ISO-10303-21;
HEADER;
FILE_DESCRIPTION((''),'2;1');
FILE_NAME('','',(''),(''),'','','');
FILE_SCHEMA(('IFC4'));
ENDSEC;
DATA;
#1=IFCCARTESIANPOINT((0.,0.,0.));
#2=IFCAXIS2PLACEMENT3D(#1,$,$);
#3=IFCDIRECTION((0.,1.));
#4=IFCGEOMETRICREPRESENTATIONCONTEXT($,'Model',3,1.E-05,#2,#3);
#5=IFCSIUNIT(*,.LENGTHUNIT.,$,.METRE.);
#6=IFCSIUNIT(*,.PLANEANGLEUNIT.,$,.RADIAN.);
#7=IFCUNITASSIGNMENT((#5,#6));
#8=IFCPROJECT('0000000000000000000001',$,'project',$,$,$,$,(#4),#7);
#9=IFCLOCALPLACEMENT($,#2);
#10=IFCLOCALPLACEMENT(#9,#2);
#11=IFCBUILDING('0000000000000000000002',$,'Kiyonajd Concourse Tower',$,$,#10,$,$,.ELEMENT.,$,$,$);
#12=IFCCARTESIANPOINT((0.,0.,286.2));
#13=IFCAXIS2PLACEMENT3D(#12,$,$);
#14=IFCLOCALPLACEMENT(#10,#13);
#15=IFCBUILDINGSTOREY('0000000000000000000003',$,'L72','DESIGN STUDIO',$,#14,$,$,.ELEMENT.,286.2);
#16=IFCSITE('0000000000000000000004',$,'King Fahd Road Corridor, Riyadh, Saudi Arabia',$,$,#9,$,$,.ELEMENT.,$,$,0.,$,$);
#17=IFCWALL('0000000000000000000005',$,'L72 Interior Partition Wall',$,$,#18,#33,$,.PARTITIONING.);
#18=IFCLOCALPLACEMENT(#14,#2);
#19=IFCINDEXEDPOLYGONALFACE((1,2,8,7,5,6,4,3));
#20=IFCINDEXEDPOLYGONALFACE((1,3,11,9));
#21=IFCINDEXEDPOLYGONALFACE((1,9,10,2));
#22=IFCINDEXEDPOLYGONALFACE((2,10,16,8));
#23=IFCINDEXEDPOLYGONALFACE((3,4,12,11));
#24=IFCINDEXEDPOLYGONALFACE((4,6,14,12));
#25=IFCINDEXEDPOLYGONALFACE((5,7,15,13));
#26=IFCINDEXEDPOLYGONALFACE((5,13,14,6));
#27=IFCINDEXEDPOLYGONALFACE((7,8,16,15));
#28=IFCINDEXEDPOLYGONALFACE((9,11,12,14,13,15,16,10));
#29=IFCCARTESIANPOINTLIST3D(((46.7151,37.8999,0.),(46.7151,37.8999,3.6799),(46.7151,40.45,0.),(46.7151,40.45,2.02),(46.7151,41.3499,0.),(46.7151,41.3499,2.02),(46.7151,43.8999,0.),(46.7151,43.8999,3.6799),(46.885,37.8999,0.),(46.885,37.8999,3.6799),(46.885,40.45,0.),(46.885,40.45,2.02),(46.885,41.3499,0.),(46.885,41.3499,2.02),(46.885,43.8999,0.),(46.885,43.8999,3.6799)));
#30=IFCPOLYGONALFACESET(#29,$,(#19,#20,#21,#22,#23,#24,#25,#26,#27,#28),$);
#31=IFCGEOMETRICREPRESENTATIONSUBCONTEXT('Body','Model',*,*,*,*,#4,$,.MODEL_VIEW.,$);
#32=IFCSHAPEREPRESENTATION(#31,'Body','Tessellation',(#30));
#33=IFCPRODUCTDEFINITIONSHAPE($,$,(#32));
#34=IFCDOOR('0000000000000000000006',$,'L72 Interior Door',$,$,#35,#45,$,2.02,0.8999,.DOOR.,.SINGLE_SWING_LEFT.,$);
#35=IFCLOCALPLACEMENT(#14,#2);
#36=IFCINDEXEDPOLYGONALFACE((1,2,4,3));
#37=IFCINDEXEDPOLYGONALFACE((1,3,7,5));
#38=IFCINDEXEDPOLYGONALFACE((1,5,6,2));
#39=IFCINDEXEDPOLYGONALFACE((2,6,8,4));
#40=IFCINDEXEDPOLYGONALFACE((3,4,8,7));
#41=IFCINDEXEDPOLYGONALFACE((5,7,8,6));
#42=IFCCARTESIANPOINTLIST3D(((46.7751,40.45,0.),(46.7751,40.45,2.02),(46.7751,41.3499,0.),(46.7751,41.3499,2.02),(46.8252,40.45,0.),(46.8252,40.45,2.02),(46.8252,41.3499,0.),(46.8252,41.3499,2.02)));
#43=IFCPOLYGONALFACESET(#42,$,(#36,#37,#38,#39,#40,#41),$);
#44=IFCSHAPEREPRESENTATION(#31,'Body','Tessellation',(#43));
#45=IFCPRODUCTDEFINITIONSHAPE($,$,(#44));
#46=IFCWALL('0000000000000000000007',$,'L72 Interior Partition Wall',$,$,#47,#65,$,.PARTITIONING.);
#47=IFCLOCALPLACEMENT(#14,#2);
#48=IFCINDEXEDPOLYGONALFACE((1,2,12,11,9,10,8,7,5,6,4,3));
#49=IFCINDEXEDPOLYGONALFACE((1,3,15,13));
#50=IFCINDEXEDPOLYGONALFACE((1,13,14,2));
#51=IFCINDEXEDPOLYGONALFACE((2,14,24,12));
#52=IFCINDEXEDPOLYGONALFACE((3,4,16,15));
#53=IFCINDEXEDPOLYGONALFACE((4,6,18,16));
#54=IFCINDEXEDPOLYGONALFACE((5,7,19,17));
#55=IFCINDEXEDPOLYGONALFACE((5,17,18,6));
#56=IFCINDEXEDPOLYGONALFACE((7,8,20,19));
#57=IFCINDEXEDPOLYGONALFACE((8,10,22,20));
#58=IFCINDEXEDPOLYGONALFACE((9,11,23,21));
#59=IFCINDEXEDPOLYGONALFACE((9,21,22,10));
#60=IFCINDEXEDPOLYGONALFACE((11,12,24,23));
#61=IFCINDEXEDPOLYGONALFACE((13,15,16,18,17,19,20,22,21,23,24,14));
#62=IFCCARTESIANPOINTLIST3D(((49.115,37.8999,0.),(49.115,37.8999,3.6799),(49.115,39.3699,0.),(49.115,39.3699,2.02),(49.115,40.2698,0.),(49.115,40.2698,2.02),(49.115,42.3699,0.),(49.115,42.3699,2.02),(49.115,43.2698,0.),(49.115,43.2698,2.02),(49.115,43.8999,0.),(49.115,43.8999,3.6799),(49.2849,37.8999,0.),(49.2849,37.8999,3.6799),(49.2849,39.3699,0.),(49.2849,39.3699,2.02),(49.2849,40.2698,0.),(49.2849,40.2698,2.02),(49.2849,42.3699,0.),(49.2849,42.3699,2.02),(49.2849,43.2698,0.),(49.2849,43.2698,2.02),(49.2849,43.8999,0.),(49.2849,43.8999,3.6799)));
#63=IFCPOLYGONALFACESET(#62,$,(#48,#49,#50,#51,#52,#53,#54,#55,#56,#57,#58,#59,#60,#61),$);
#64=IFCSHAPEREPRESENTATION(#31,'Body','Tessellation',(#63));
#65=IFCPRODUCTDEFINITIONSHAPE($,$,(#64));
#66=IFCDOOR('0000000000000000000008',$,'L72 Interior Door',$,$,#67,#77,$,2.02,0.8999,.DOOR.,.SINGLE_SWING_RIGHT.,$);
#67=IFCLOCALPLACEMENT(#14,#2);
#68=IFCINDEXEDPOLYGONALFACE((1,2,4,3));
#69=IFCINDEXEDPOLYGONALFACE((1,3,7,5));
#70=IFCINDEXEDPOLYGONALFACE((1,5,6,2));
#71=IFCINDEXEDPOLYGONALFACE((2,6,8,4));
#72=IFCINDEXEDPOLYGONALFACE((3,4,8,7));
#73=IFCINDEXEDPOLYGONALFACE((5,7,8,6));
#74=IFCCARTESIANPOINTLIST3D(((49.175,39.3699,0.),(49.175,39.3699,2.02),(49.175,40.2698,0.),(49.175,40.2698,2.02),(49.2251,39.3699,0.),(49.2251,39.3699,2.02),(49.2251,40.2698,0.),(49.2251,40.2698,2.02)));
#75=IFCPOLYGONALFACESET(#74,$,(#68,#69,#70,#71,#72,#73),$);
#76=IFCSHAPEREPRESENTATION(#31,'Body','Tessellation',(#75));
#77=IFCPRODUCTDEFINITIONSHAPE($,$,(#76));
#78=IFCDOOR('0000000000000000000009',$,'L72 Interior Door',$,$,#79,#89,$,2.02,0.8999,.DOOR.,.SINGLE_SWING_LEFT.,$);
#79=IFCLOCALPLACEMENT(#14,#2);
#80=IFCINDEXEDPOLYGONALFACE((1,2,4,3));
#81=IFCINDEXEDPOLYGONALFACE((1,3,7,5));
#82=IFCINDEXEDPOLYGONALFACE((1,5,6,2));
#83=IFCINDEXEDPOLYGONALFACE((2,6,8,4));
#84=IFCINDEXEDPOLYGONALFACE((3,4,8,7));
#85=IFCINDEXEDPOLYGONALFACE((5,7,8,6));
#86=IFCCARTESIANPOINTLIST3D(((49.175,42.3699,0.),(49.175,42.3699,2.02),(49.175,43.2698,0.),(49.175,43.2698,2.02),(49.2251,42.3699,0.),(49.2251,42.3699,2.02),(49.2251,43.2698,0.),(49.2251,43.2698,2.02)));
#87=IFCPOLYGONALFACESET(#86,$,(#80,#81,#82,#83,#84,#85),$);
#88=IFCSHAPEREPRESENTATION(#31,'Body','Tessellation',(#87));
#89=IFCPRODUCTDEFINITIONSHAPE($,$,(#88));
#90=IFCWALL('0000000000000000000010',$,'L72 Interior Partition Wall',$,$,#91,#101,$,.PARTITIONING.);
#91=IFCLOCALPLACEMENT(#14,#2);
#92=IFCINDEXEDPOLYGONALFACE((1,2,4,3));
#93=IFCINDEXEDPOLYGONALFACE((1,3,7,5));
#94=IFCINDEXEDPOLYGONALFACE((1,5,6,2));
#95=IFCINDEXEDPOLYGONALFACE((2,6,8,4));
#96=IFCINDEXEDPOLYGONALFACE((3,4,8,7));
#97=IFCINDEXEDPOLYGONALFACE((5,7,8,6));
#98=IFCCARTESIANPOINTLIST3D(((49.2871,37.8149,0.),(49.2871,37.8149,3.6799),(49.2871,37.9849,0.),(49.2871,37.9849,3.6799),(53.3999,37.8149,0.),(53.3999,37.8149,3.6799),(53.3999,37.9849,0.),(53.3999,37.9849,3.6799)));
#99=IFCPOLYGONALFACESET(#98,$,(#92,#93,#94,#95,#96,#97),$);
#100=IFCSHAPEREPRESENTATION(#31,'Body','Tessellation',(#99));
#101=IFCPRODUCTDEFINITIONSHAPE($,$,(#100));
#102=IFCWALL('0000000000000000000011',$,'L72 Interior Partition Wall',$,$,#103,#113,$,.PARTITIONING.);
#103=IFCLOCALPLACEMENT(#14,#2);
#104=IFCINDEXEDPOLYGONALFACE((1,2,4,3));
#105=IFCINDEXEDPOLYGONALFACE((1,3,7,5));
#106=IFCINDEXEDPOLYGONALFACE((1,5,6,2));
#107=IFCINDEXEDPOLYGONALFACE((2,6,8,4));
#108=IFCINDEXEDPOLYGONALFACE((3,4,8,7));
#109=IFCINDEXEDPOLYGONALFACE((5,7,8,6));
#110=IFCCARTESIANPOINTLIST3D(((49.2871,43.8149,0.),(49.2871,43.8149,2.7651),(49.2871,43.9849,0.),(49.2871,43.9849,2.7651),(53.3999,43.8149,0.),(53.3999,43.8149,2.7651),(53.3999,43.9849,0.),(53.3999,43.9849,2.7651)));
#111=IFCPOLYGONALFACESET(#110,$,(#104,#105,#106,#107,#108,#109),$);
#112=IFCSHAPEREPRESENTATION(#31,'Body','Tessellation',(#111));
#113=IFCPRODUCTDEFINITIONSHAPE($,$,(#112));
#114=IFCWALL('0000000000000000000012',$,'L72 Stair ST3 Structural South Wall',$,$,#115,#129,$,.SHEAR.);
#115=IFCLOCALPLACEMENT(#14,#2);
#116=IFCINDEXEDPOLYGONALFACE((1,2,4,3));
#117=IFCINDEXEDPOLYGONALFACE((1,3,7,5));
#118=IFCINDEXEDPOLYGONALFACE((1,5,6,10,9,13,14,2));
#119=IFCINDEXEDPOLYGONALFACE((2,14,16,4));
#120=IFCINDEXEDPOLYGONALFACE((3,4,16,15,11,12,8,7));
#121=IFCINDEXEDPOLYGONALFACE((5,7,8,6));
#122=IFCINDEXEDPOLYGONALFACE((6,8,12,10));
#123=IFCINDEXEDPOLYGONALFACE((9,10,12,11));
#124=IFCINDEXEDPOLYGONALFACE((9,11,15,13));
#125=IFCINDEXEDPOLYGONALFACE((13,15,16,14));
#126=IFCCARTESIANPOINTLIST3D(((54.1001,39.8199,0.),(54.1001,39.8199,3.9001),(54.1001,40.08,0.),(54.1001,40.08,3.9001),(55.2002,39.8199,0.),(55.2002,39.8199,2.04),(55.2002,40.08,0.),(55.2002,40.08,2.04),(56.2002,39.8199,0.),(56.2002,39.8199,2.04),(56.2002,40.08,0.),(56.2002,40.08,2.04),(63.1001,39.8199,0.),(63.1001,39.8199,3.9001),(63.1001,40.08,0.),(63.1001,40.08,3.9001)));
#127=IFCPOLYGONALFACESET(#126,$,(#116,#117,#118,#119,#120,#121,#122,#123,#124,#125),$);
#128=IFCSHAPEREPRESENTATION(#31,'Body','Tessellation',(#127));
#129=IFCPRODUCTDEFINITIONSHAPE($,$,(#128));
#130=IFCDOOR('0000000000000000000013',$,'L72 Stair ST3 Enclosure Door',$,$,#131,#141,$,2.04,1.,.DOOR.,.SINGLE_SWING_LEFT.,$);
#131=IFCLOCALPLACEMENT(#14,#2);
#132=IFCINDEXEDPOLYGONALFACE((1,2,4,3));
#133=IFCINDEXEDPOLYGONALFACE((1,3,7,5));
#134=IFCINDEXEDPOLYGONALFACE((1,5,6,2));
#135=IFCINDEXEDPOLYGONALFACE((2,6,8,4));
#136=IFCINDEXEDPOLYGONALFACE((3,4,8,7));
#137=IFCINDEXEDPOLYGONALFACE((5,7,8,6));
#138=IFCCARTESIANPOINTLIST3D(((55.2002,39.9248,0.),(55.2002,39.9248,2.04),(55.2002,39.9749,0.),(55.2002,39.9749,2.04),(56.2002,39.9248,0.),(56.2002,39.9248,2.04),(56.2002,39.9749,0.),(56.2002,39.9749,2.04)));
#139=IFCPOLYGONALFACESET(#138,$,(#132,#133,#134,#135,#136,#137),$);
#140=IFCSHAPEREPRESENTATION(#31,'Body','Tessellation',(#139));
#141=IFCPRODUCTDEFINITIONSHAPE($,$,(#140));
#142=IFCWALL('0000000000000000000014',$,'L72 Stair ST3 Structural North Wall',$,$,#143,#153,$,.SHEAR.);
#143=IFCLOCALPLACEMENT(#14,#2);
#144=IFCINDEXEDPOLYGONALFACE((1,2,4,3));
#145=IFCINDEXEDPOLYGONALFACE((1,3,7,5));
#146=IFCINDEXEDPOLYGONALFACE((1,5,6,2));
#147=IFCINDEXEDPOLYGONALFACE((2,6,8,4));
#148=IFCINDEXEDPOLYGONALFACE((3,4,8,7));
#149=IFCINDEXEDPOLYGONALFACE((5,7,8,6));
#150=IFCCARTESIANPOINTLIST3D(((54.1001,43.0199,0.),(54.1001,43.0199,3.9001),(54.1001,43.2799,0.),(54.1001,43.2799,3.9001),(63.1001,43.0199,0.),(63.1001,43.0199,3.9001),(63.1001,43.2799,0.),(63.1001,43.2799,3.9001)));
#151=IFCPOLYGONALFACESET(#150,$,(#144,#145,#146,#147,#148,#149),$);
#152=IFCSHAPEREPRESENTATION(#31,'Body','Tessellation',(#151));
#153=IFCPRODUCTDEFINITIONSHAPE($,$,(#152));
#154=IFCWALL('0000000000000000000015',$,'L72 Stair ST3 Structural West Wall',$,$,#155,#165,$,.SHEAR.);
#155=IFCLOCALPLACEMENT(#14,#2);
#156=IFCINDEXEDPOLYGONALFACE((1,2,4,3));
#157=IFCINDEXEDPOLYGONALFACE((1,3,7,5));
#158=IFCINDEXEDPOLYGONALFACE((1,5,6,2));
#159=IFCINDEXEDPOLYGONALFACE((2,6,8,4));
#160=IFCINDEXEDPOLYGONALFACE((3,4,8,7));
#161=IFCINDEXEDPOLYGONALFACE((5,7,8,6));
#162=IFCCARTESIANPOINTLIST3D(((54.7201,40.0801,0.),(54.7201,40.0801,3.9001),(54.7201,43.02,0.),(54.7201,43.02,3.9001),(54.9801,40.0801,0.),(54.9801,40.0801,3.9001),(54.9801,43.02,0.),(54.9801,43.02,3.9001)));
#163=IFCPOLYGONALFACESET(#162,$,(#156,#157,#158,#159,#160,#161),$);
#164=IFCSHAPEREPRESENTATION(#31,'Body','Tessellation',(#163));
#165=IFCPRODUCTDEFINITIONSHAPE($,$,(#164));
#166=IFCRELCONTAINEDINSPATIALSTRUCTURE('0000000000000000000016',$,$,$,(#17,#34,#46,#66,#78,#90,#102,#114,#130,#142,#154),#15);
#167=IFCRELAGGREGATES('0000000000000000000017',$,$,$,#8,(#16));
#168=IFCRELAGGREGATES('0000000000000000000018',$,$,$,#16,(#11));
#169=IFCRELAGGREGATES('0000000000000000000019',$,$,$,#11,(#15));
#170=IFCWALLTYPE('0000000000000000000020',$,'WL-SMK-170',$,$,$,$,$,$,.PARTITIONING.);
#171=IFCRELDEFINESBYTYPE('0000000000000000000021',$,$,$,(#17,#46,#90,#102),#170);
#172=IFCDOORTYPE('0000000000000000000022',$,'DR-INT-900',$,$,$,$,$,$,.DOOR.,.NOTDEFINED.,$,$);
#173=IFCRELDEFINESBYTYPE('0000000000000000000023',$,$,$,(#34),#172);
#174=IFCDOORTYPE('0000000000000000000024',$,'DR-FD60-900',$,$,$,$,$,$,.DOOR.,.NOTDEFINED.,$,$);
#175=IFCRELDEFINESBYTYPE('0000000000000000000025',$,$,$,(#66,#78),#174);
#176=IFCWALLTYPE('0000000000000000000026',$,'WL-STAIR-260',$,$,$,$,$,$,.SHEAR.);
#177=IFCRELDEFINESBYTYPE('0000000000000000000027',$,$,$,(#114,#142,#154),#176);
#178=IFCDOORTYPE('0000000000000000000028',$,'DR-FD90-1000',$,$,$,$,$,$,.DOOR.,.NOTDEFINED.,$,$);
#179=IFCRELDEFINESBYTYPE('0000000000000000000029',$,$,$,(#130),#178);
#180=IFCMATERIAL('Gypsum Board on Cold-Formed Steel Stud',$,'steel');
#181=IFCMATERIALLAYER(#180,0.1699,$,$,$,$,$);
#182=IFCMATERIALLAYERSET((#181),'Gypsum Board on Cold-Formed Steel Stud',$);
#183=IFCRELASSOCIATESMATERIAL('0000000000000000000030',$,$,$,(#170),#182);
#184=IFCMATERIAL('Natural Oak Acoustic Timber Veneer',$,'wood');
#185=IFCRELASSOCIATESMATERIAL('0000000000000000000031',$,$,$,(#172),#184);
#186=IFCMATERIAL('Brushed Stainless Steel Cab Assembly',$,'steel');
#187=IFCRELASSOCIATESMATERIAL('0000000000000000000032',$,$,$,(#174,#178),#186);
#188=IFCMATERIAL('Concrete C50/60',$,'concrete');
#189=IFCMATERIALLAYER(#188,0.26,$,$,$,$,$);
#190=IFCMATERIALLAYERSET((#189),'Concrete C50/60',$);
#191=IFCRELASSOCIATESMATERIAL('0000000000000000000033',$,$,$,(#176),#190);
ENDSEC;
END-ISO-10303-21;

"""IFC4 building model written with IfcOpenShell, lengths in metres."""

from ifc_helpers import new_model, si_unit, direction, frame, frame_2d, origin, place, context, subcontext, project, spatial, rectangle, extrude, material, layer, layer_set, type_object, element, fill, save


model = new_model("IFC4")

# Units and contexts
model_context = context("Model", 3, precision=1e-05, world=origin(), true_north=direction((0.0, 1.0)))
body_context = subcontext(model_context, "Body", "Model", "MODEL_VIEW")
ifc_project = project(units=[si_unit("LENGTHUNIT", "METRE"), si_unit("PLANEANGLEUNIT", "RADIAN")], contexts=[model_context])

# Site, building, storey
site_placement = place(None, origin())
site = spatial("IfcSite", under=ifc_project, at=site_placement, Name="King Fahd Road Corridor, Riyadh, Saudi Arabia", CompositionType="ELEMENT", RefElevation=0.0)
building_placement = place(site_placement, origin())
building = spatial("IfcBuilding", under=site, at=building_placement, Name="Kiyonajd Concourse Tower", CompositionType="ELEMENT")
storey_placement = place(building_placement, frame((0.0, 0.0, 286.2)))
storey = spatial("IfcBuildingStorey", under=building, at=storey_placement, Name="L72", Description="DESIGN STUDIO", CompositionType="ELEMENT", Elevation=286.2)

# Shared definitions
ifc_material_1 = material(Name="Concrete C50/60", Category="concrete")

# Shared definitions
ifc_material_2 = material(Name="Gypsum Board on Cold-Formed Steel Stud", Category="steel")

# Wall, opening, door
ifc_layer_1 = layer(ifc_material_2, 0.1699)
ifc_layer_set_1 = layer_set([ifc_layer_1], Name="Gypsum Board on Cold-Formed Steel Stud")
wall_type_1 = type_object("IfcWallType", Name="WL-SMK-170", PredefinedType="PARTITIONING", material=ifc_layer_set_1)
wall_1_placement = place(storey_placement, frame((46.8, 37.8999, 0.0), z_axis=(0.0, 0.0, 1.0), x_axis=(0.0, 1.0, 0.0)))
wall_1 = element("IfcWall", 1, at=wall_1_placement, inside=storey, type_object=wall_type_1, Name="L72 Interior Partition Wall", PredefinedType="PARTITIONING", context=body_context, shape_type="SweptSolid", body=[
    extrude(rectangle(XDim=6.0, YDim=0.1699, at=frame_2d((3.0, 0.0))), origin(), (0.0, 0.0, 1.0), 3.6799),
])
opening_1_placement = place(wall_1_placement, frame((2.55, 0.0, 0.0)))
opening_1 = element("IfcOpeningElement", 2, at=opening_1_placement, cuts=wall_1, PredefinedType="OPENING", context=body_context, shape_type="SweptSolid", body=[
    extrude(rectangle(XDim=0.8999, YDim=2.02, at=frame_2d((0.45, 1.01))), frame((0.0, 0.095, 0.0), z_axis=(0.0, -1.0, 0.0), x_axis=(1.0, 0.0, 0.0)), (0.0, 0.0, 1.0), 0.1899),
])
ifc_material_3 = material(Name="Natural Oak Acoustic Timber Veneer", Category="wood")
door_type_1 = type_object("IfcDoorType", Name="DR-INT-900", OperationType="NOTDEFINED", PredefinedType="DOOR", material=ifc_material_3)
door_1_placement = place(opening_1_placement, origin())
door_1 = element("IfcDoor", 3, at=door_1_placement, inside=storey, type_object=door_type_1, Name="L72 Interior Door", OperationType="SINGLE_SWING_LEFT", OverallHeight=2.02, OverallWidth=0.8999, PredefinedType="DOOR", context=body_context, shape_type="SweptSolid", body=[
    extrude(rectangle(XDim=0.8999, YDim=2.02, at=frame_2d((0.45, 1.01))), frame((0.0, 0.0249, 0.0), z_axis=(0.0, -1.0, 0.0), x_axis=(1.0, 0.0, 0.0)), (0.0, 0.0, 1.0), 0.05),
])
fill(opening_1, door_1)

# Wall, openings, doors
wall_2_placement = place(storey_placement, frame((49.2, 37.8999, 0.0), z_axis=(0.0, 0.0, 1.0), x_axis=(0.0, 1.0, 0.0)))
wall_2 = element("IfcWall", 4, at=wall_2_placement, inside=storey, type_object=wall_type_1, Name="L72 Interior Partition Wall", PredefinedType="PARTITIONING", context=body_context, shape_type="SweptSolid", body=[
    extrude(rectangle(XDim=6.0, YDim=0.1699, at=frame_2d((3.0, 0.0))), origin(), (0.0, 0.0, 1.0), 3.6799),
])
opening_2_placement = place(wall_2_placement, frame((1.47, 0.0, 0.0)))
opening_2 = element("IfcOpeningElement", 5, at=opening_2_placement, cuts=wall_2, PredefinedType="OPENING", context=body_context, shape_type="SweptSolid", body=[
    extrude(rectangle(XDim=0.8999, YDim=2.02, at=frame_2d((0.45, 1.01))), frame((0.0, 0.095, 0.0), z_axis=(0.0, -1.0, 0.0), x_axis=(1.0, 0.0, 0.0)), (0.0, 0.0, 1.0), 0.1899),
])
opening_3_placement = place(wall_2_placement, frame((4.47, 0.0, 0.0)))
opening_3 = element("IfcOpeningElement", 6, at=opening_3_placement, cuts=wall_2, PredefinedType="OPENING", context=body_context, shape_type="SweptSolid", body=[
    extrude(rectangle(XDim=0.8999, YDim=2.02, at=frame_2d((0.45, 1.01))), frame((0.0, 0.095, 0.0), z_axis=(0.0, -1.0, 0.0), x_axis=(1.0, 0.0, 0.0)), (0.0, 0.0, 1.0), 0.1899),
])
ifc_material_4 = material(Name="Brushed Stainless Steel Cab Assembly", Category="steel")
door_type_2 = type_object("IfcDoorType", Name="DR-FD60-900", OperationType="NOTDEFINED", PredefinedType="DOOR", material=ifc_material_4)
door_2_placement = place(opening_2_placement, origin())
door_2 = element("IfcDoor", 7, at=door_2_placement, inside=storey, type_object=door_type_2, Name="L72 Interior Door", OperationType="SINGLE_SWING_RIGHT", OverallHeight=2.02, OverallWidth=0.8999, PredefinedType="DOOR", context=body_context, shape_type="SweptSolid", body=[
    extrude(rectangle(XDim=0.8999, YDim=2.02, at=frame_2d((0.45, 1.01))), frame((0.0, 0.0249, 0.0), z_axis=(0.0, -1.0, 0.0), x_axis=(1.0, 0.0, 0.0)), (0.0, 0.0, 1.0), 0.05),
])
fill(opening_2, door_2)
door_3_placement = place(opening_3_placement, origin())
door_3 = element("IfcDoor", 8, at=door_3_placement, inside=storey, type_object=door_type_2, Name="L72 Interior Door", OperationType="SINGLE_SWING_LEFT", OverallHeight=2.02, OverallWidth=0.8999, PredefinedType="DOOR", context=body_context, shape_type="SweptSolid", body=[
    extrude(rectangle(XDim=0.8999, YDim=2.02, at=frame_2d((0.45, 1.01))), frame((0.0, 0.0249, 0.0), z_axis=(0.0, -1.0, 0.0), x_axis=(1.0, 0.0, 0.0)), (0.0, 0.0, 1.0), 0.05),
])
fill(opening_3, door_3)

# Walls
wall_3_placement = place(storey_placement, frame((49.2871, 37.8999, 0.0), z_axis=(0.0, 0.0, 1.0), x_axis=(1.0, 0.0, 0.0)))
element("IfcWall", 9, at=wall_3_placement, inside=storey, type_object=wall_type_1, Name="L72 Interior Partition Wall", PredefinedType="PARTITIONING", context=body_context, shape_type="SweptSolid", body=[
    extrude(rectangle(XDim=4.1128, YDim=0.1699, at=frame_2d((2.0564, 0.0))), origin(), (0.0, 0.0, 1.0), 3.6799),
])
wall_4_placement = place(storey_placement, frame((49.2871, 43.8999, 0.0), z_axis=(0.0, 0.0, 1.0), x_axis=(1.0, 0.0, 0.0)))
element("IfcWall", 10, at=wall_4_placement, inside=storey, type_object=wall_type_1, Name="L72 Interior Partition Wall", PredefinedType="PARTITIONING", context=body_context, shape_type="SweptSolid", body=[
    extrude(rectangle(XDim=4.1128, YDim=0.1699, at=frame_2d((2.0564, 0.0))), origin(), (0.0, 0.0, 1.0), 2.7651),
])

# Wall, opening, door
ifc_layer_2 = layer(ifc_material_1, 0.26)
ifc_layer_set_2 = layer_set([ifc_layer_2], Name="Concrete C50/60")
wall_type_2 = type_object("IfcWallType", Name="WL-STAIR-260", PredefinedType="SHEAR", material=ifc_layer_set_2)
wall_5_placement = place(storey_placement, frame((54.1001, 39.95, 0.0), z_axis=(0.0, 0.0, 1.0), x_axis=(1.0, 0.0, 0.0)))
wall_5 = element("IfcWall", 11, at=wall_5_placement, inside=storey, type_object=wall_type_2, Name="L72 Stair ST3 Structural South Wall", PredefinedType="SHEAR", context=body_context, shape_type="SweptSolid", body=[
    extrude(rectangle(XDim=9.0, YDim=0.26, at=frame_2d((4.5, 0.0))), origin(), (0.0, 0.0, 1.0), 3.9001),
])
opening_4_placement = place(wall_5_placement, frame((1.1001, 0.0, 0.0)))
opening_4 = element("IfcOpeningElement", 12, at=opening_4_placement, cuts=wall_5, PredefinedType="OPENING", context=body_context, shape_type="SweptSolid", body=[
    extrude(rectangle(XDim=1.0, YDim=2.04, at=frame_2d((0.5, 1.02))), frame((0.0, 0.1399, 0.0), z_axis=(0.0, -1.0, 0.0), x_axis=(1.0, 0.0, 0.0)), (0.0, 0.0, 1.0), 0.28),
])
door_type_3 = type_object("IfcDoorType", Name="DR-FD90-1000", OperationType="NOTDEFINED", PredefinedType="DOOR", material=ifc_material_4)
door_4_placement = place(opening_4_placement, origin())
door_4 = element("IfcDoor", 13, at=door_4_placement, inside=storey, type_object=door_type_3, Name="L72 Stair ST3 Enclosure Door", OperationType="SINGLE_SWING_LEFT", OverallHeight=2.04, OverallWidth=1.0, PredefinedType="DOOR", context=body_context, shape_type="SweptSolid", body=[
    extrude(rectangle(XDim=1.0, YDim=2.04, at=frame_2d((0.5, 1.02))), frame((0.0, 0.0249, 0.0), z_axis=(0.0, -1.0, 0.0), x_axis=(1.0, 0.0, 0.0)), (0.0, 0.0, 1.0), 0.05),
])
fill(opening_4, door_4)

# Walls
wall_6_placement = place(storey_placement, frame((54.1001, 43.1499, 0.0), z_axis=(0.0, 0.0, 1.0), x_axis=(1.0, 0.0, 0.0)))
element("IfcWall", 14, at=wall_6_placement, inside=storey, type_object=wall_type_2, Name="L72 Stair ST3 Structural North Wall", PredefinedType="SHEAR", context=body_context, shape_type="SweptSolid", body=[
    extrude(rectangle(XDim=9.0, YDim=0.26, at=frame_2d((4.5, 0.0))), origin(), (0.0, 0.0, 1.0), 3.9001),
])
wall_7_placement = place(storey_placement, frame((54.8501, 40.0801, 0.0), z_axis=(0.0, 0.0, 1.0), x_axis=(0.0, 1.0, 0.0)))
element("IfcWall", 15, at=wall_7_placement, inside=storey, type_object=wall_type_2, Name="L72 Stair ST3 Structural West Wall", PredefinedType="SHEAR", context=body_context, shape_type="SweptSolid", body=[
    extrude(rectangle(XDim=2.9399, YDim=0.26, at=frame_2d((1.47, 0.0))), origin(), (0.0, 0.0, 1.0), 3.9001),
])

save(model, "model.ifc")
